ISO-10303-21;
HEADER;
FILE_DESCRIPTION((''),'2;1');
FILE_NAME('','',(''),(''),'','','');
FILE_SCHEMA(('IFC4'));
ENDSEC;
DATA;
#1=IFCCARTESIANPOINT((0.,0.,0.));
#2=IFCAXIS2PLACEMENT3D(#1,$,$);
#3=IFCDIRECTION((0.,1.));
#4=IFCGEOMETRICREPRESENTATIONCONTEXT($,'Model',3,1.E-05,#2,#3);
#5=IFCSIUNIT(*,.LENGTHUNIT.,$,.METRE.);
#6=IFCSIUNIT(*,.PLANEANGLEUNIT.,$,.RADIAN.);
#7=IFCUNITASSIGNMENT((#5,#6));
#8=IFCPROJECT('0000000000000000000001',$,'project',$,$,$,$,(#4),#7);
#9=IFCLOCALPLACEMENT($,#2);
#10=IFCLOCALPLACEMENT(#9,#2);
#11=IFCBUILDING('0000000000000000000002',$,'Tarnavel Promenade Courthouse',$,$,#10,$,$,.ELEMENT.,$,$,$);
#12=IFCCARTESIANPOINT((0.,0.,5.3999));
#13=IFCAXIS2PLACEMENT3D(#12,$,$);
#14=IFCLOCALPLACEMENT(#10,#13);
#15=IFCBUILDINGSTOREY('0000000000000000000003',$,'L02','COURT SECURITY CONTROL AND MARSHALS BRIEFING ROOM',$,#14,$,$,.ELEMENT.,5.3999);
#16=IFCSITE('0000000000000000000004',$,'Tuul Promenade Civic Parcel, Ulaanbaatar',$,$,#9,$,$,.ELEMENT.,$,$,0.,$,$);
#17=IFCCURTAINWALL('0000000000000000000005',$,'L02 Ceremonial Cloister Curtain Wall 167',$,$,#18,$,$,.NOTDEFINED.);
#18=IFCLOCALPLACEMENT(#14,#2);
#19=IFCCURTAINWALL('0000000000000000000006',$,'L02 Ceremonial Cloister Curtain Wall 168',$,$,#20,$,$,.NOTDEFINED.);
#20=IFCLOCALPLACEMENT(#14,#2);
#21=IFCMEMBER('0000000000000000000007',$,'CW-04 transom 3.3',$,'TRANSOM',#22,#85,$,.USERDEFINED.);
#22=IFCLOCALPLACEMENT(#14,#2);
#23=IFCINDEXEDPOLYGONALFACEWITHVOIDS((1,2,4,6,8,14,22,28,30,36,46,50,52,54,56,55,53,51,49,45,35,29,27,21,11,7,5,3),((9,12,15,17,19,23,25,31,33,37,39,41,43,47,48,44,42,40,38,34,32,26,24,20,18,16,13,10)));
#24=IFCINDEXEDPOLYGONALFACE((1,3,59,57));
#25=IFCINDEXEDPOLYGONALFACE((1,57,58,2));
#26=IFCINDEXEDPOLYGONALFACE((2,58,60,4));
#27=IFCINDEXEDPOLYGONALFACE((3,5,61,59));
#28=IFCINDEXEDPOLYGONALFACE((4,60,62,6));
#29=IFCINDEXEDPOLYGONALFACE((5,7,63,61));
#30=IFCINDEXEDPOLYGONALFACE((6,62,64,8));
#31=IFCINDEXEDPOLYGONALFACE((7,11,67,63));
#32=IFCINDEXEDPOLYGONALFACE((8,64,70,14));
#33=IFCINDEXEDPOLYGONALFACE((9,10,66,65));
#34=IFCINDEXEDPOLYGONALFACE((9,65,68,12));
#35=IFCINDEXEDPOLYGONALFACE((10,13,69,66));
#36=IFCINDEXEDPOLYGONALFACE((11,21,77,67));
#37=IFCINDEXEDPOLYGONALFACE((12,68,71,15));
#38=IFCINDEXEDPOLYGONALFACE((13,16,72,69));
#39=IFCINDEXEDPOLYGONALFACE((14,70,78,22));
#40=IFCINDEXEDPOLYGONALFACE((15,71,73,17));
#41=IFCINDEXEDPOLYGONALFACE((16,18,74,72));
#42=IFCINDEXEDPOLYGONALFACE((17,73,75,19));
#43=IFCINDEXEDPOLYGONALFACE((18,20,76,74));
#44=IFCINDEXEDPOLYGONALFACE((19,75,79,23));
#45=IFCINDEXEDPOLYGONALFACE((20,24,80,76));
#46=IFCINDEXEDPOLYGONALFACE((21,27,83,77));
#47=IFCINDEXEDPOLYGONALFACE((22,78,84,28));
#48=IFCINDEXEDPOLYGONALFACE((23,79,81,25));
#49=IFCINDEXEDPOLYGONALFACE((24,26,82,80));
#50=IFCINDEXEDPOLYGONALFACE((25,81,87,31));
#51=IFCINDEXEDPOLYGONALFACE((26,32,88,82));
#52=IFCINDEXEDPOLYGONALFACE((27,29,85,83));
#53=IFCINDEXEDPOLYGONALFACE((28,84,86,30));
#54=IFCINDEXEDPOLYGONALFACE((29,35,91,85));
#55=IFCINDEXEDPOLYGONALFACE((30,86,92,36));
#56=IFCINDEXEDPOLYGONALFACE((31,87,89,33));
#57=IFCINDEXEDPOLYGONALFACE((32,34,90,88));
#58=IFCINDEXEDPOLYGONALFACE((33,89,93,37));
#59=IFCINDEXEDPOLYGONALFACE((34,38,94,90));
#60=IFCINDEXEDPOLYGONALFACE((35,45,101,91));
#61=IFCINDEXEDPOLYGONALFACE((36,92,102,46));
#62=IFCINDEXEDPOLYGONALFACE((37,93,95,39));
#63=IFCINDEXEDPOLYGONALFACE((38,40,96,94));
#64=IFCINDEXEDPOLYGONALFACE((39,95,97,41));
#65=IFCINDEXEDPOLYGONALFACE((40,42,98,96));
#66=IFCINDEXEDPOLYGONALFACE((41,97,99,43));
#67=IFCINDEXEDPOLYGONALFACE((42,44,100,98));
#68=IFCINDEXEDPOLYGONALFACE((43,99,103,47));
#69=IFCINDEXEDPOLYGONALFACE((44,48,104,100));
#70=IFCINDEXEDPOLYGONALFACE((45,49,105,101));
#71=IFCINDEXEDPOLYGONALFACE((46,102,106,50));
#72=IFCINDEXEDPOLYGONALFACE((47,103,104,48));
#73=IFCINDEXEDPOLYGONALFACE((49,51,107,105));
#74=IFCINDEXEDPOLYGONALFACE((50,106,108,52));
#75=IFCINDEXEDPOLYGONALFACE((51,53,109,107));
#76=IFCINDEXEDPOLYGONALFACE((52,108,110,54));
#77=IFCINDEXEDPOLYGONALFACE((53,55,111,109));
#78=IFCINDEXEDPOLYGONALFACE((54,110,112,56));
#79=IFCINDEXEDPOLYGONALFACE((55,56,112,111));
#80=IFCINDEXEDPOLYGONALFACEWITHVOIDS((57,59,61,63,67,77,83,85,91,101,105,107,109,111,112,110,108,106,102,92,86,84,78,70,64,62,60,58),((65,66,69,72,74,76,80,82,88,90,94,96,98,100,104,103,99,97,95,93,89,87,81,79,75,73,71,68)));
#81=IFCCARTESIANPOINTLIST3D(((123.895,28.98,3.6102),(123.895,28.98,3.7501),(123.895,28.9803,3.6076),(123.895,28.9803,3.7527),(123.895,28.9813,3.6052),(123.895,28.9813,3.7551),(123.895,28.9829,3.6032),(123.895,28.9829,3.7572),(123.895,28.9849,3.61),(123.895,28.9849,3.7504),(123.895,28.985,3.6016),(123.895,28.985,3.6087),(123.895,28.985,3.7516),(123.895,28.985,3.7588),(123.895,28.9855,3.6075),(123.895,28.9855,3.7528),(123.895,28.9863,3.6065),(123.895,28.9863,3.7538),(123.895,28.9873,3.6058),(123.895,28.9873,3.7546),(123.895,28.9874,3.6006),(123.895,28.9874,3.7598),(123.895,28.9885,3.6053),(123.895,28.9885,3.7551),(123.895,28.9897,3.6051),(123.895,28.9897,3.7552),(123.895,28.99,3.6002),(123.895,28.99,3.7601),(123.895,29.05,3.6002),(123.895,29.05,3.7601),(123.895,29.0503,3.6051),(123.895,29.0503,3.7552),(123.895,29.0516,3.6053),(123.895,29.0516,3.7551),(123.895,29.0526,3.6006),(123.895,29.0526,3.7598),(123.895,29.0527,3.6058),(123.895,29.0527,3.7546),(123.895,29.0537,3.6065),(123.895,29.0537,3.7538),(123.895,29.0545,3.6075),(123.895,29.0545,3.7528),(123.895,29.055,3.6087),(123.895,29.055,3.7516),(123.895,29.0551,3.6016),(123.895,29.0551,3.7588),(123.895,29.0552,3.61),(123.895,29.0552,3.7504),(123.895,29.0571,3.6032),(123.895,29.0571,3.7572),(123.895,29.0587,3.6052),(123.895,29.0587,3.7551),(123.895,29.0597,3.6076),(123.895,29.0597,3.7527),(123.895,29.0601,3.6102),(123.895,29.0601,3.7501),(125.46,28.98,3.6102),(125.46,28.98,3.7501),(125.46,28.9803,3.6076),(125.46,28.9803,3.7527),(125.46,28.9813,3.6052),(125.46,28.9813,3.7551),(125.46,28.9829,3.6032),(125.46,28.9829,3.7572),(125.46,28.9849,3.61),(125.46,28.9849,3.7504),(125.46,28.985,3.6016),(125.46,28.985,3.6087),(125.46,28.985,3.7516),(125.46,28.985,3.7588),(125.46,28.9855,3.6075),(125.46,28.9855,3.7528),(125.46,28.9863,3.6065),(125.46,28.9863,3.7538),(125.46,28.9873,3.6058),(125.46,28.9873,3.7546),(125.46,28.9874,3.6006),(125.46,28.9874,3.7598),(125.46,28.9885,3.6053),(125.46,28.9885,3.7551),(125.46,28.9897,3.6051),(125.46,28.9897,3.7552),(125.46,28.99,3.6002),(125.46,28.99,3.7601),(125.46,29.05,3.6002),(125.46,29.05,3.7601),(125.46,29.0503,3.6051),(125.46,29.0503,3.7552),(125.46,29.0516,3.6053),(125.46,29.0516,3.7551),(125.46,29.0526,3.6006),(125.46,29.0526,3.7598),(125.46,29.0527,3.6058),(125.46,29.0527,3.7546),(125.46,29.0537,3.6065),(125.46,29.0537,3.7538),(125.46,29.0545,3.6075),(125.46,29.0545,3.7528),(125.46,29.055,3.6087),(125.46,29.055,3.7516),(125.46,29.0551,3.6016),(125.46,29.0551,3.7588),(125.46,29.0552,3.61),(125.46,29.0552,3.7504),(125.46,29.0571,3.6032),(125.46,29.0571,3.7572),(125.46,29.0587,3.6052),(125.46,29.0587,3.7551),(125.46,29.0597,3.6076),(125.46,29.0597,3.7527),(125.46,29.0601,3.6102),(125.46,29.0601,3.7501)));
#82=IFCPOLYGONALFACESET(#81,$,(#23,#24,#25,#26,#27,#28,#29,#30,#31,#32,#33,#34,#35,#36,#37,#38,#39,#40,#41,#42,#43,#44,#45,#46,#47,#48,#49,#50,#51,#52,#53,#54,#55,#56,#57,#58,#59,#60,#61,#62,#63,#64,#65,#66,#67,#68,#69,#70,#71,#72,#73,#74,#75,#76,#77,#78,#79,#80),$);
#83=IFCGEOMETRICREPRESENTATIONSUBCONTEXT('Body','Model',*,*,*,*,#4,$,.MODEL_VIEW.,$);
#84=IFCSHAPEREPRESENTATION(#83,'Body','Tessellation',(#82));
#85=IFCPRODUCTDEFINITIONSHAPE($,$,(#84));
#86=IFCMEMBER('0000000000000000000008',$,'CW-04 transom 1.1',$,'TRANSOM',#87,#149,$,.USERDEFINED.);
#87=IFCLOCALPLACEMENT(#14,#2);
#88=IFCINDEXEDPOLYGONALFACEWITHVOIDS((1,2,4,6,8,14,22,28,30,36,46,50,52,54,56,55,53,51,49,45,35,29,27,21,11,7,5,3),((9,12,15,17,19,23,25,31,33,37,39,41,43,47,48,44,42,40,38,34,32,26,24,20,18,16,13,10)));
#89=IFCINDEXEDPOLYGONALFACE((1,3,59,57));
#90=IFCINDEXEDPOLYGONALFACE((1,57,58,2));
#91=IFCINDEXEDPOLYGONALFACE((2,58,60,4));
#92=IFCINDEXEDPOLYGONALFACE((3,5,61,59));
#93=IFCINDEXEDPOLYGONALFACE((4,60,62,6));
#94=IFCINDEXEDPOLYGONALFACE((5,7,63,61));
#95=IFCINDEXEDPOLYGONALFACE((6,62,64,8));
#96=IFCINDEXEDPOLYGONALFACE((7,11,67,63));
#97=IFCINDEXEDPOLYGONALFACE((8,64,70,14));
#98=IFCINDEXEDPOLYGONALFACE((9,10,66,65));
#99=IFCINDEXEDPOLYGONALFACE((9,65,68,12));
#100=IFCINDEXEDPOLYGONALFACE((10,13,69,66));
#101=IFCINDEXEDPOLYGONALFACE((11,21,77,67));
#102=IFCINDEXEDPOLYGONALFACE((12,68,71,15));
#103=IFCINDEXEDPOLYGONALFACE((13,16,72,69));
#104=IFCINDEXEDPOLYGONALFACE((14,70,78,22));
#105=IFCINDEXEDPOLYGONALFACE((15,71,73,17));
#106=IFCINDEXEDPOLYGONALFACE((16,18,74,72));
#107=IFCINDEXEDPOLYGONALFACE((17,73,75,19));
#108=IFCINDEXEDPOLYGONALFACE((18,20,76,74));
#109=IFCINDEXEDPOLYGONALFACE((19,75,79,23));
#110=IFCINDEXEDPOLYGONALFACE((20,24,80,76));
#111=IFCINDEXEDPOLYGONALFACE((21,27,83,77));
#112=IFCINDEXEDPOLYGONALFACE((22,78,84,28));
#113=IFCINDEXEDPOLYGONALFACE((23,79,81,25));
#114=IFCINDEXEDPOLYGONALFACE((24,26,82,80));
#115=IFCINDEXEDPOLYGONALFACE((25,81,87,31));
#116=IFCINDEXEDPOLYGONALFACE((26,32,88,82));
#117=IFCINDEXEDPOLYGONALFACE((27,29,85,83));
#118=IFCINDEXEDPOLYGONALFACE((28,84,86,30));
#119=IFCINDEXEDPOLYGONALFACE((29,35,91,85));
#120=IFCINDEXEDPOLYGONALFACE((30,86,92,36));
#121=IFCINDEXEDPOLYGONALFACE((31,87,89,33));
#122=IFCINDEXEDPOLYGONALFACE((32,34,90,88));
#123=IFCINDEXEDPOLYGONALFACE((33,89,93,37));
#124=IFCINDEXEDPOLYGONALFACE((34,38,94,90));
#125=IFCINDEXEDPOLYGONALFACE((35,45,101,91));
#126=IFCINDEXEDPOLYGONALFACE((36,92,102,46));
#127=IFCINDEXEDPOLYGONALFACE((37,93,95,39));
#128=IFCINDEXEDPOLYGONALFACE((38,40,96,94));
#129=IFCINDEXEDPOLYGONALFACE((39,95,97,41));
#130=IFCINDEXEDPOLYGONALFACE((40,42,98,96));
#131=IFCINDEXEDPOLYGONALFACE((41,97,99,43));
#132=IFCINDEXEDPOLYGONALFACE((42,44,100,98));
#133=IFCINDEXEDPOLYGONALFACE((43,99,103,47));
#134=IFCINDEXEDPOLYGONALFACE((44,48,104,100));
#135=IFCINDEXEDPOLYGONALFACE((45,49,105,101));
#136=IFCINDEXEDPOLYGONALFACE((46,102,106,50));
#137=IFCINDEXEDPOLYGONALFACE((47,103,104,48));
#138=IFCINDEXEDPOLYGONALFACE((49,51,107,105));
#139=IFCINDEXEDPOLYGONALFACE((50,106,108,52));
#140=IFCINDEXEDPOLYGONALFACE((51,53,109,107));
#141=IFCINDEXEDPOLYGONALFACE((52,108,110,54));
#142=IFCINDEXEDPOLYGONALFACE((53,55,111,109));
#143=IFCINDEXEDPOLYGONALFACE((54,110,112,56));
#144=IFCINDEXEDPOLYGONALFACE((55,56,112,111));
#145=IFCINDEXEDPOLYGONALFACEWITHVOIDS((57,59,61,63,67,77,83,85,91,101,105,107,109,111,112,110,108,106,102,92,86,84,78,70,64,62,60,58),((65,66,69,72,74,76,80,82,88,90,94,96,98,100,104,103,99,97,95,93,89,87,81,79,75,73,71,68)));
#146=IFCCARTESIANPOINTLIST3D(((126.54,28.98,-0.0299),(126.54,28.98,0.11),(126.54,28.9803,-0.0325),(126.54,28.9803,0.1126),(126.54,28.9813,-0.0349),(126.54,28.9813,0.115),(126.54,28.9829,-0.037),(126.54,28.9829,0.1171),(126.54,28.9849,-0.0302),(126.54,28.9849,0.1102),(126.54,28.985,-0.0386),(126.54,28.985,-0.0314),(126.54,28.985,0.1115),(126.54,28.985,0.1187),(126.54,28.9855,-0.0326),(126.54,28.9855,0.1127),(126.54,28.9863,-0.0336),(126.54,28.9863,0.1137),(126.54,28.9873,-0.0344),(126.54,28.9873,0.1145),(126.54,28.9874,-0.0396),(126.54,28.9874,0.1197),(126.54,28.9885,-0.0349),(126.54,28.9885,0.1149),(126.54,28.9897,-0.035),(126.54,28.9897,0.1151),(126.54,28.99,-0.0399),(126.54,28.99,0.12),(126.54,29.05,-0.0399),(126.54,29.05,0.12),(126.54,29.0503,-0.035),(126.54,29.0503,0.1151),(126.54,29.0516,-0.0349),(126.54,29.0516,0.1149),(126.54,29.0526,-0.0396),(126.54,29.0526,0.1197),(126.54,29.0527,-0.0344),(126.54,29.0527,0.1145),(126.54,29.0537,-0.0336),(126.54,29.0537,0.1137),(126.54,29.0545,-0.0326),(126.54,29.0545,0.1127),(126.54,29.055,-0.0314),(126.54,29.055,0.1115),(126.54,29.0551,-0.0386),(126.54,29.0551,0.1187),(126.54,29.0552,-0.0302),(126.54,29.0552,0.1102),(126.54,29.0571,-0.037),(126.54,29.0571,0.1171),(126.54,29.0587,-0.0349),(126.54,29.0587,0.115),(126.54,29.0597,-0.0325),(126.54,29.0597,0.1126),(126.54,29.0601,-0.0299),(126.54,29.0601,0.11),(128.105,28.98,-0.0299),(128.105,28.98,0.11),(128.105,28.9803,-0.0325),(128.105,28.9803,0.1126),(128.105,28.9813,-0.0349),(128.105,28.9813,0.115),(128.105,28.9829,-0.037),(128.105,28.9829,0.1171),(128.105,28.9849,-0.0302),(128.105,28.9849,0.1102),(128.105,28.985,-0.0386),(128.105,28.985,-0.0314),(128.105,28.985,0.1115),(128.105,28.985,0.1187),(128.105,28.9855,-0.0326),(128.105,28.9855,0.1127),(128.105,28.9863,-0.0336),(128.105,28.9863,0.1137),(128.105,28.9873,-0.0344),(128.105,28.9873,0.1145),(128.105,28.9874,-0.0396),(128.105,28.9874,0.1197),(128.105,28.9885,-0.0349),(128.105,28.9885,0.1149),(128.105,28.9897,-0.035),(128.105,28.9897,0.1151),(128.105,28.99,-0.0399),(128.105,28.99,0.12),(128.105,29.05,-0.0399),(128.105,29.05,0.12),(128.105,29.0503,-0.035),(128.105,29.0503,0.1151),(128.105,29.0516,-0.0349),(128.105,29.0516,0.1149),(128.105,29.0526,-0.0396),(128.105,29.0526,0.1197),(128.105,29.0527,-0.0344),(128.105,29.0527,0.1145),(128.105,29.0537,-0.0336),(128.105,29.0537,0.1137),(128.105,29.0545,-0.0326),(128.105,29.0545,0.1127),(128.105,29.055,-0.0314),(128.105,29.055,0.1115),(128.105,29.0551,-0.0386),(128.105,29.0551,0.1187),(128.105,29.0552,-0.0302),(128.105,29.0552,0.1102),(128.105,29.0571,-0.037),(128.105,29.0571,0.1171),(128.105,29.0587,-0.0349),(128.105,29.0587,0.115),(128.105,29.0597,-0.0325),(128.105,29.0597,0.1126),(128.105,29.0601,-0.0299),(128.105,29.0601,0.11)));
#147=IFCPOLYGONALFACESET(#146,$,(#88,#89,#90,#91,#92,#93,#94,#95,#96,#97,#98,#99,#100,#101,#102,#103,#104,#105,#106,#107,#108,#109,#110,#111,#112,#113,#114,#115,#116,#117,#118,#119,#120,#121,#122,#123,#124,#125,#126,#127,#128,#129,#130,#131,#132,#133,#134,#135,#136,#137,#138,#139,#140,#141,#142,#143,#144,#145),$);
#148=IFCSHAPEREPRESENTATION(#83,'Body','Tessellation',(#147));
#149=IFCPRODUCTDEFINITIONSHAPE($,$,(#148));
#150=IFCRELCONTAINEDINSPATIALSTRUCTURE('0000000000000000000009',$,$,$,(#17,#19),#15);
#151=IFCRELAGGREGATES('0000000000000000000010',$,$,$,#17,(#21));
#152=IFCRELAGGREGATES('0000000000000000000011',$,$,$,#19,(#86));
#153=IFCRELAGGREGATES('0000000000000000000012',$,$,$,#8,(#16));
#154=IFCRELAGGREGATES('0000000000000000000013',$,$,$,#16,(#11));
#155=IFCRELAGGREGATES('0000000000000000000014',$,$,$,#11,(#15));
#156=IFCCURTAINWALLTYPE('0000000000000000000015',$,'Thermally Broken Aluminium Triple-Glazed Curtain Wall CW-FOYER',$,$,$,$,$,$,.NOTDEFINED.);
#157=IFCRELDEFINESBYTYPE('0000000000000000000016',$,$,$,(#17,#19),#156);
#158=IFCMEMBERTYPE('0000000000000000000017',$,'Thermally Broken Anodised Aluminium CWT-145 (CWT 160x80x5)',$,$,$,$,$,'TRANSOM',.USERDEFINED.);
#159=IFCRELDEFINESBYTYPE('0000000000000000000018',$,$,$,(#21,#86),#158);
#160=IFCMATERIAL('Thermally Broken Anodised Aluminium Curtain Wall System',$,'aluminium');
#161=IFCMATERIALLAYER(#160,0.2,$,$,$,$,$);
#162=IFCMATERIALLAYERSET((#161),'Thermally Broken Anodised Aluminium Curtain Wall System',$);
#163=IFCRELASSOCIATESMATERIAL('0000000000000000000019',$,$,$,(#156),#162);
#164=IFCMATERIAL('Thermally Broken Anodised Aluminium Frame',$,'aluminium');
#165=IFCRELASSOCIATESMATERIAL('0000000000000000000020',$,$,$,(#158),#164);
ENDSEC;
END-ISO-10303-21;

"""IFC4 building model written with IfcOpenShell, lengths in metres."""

from ifc_helpers import new_model, si_unit, direction, frame, origin, origin_2d, place, context, subcontext, project, spatial, hollow_rectangle, extrude, material, layer, layer_set, material_profile, profile_set, type_object, element, aggregate, save


model = new_model("IFC4")

# Units and contexts
model_context = context("Model", 3, precision=1e-05, world=origin(), true_north=direction((0.0, 1.0)))
body_context = subcontext(model_context, "Body", "Model", "MODEL_VIEW")
ifc_project = project(units=[si_unit("LENGTHUNIT", "METRE"), si_unit("PLANEANGLEUNIT", "RADIAN")], contexts=[model_context])

# Site, building, storey
site_placement = place(None, origin())
site = spatial("IfcSite", under=ifc_project, at=site_placement, Name="Tuul Promenade Civic Parcel, Ulaanbaatar", CompositionType="ELEMENT", RefElevation=0.0)
building_placement = place(site_placement, origin())
building = spatial("IfcBuilding", under=site, at=building_placement, Name="Tarnavel Promenade Courthouse", CompositionType="ELEMENT")
storey_placement = place(building_placement, frame((0.0, 0.0, 5.3999)))
storey = spatial("IfcBuildingStorey", under=building, at=storey_placement, Name="L02", Description="COURT SECURITY CONTROL AND MARSHALS BRIEFING ROOM", CompositionType="ELEMENT", Elevation=5.3999)

# Curtain walls
ifc_material_1 = material(Name="Thermally Broken Anodised Aluminium Curtain Wall System", Category="aluminium")
ifc_layer_1 = layer(ifc_material_1, 0.2)
ifc_layer_set_1 = layer_set([ifc_layer_1], Name="Thermally Broken Anodised Aluminium Curtain Wall System")
curtain_wall_type = type_object("IfcCurtainWallType", Name="Thermally Broken Aluminium Triple-Glazed Curtain Wall CW-FOYER", PredefinedType="NOTDEFINED", material=ifc_layer_set_1)
curtain_wall_1_placement = place(storey_placement, origin())
curtain_wall_1 = element("IfcCurtainWall", 1, at=curtain_wall_1_placement, inside=storey, type_object=curtain_wall_type, Name="L02 Ceremonial Cloister Curtain Wall 167", PredefinedType="NOTDEFINED")
ifc_material_2 = material(Name="Thermally Broken Anodised Aluminium Frame", Category="aluminium")
curtain_wall_2_placement = place(storey_placement, origin())
curtain_wall_2 = element("IfcCurtainWall", 2, at=curtain_wall_2_placement, inside=storey, type_object=curtain_wall_type, Name="L02 Ceremonial Cloister Curtain Wall 168", PredefinedType="NOTDEFINED")

# Members
ifc_material_profile_1 = material_profile(ifc_material_2, hollow_rectangle(XDim=0.0801, YDim=0.1599, WallThickness=0.0049, InnerFilletRadius=0.0049, OuterFilletRadius=0.01, at=origin_2d()), Name="CWT 160x80x5")
ifc_profile_set_1 = profile_set([ifc_material_profile_1], Name="Thermally Broken Anodised Aluminium Frame")
member_type_1 = type_object("IfcMemberType", Name="Thermally Broken Anodised Aluminium CWT-145 (CWT 160x80x5)", ElementType="TRANSOM", PredefinedType="USERDEFINED", material=ifc_profile_set_1)
member_1_placement = place(storey_placement, frame((123.895, 29.02, 3.6802), z_axis=(1.0, 0.0, 0.0), x_axis=(0.0, 1.0, 0.0)))
member_1 = element("IfcMember", 3, at=member_1_placement, type_object=member_type_1, Name="CW-04 transom 3.3", ObjectType="TRANSOM", PredefinedType="USERDEFINED", context=body_context, shape_type="SweptSolid", body=[
    extrude(hollow_rectangle(XDim=0.0801, YDim=0.1599, WallThickness=0.0049, InnerFilletRadius=0.0049, OuterFilletRadius=0.01, at=origin_2d()), origin(), (0.0, 0.0, 1.0), 1.5649),
])
member_2_placement = place(storey_placement, frame((126.54, 29.02, 0.04), z_axis=(1.0, 0.0, 0.0), x_axis=(0.0, 1.0, 0.0)))
member_2 = element("IfcMember", 4, at=member_2_placement, type_object=member_type_1, Name="CW-04 transom 1.1", ObjectType="TRANSOM", PredefinedType="USERDEFINED", context=body_context, shape_type="SweptSolid", body=[
    extrude(hollow_rectangle(XDim=0.0801, YDim=0.1599, WallThickness=0.0049, InnerFilletRadius=0.0049, OuterFilletRadius=0.01, at=origin_2d()), origin(), (0.0, 0.0, 1.0), 1.5649),
])

aggregate(curtain_wall_1, [member_1])
aggregate(curtain_wall_2, [member_2])

save(model, "model.ifc")
